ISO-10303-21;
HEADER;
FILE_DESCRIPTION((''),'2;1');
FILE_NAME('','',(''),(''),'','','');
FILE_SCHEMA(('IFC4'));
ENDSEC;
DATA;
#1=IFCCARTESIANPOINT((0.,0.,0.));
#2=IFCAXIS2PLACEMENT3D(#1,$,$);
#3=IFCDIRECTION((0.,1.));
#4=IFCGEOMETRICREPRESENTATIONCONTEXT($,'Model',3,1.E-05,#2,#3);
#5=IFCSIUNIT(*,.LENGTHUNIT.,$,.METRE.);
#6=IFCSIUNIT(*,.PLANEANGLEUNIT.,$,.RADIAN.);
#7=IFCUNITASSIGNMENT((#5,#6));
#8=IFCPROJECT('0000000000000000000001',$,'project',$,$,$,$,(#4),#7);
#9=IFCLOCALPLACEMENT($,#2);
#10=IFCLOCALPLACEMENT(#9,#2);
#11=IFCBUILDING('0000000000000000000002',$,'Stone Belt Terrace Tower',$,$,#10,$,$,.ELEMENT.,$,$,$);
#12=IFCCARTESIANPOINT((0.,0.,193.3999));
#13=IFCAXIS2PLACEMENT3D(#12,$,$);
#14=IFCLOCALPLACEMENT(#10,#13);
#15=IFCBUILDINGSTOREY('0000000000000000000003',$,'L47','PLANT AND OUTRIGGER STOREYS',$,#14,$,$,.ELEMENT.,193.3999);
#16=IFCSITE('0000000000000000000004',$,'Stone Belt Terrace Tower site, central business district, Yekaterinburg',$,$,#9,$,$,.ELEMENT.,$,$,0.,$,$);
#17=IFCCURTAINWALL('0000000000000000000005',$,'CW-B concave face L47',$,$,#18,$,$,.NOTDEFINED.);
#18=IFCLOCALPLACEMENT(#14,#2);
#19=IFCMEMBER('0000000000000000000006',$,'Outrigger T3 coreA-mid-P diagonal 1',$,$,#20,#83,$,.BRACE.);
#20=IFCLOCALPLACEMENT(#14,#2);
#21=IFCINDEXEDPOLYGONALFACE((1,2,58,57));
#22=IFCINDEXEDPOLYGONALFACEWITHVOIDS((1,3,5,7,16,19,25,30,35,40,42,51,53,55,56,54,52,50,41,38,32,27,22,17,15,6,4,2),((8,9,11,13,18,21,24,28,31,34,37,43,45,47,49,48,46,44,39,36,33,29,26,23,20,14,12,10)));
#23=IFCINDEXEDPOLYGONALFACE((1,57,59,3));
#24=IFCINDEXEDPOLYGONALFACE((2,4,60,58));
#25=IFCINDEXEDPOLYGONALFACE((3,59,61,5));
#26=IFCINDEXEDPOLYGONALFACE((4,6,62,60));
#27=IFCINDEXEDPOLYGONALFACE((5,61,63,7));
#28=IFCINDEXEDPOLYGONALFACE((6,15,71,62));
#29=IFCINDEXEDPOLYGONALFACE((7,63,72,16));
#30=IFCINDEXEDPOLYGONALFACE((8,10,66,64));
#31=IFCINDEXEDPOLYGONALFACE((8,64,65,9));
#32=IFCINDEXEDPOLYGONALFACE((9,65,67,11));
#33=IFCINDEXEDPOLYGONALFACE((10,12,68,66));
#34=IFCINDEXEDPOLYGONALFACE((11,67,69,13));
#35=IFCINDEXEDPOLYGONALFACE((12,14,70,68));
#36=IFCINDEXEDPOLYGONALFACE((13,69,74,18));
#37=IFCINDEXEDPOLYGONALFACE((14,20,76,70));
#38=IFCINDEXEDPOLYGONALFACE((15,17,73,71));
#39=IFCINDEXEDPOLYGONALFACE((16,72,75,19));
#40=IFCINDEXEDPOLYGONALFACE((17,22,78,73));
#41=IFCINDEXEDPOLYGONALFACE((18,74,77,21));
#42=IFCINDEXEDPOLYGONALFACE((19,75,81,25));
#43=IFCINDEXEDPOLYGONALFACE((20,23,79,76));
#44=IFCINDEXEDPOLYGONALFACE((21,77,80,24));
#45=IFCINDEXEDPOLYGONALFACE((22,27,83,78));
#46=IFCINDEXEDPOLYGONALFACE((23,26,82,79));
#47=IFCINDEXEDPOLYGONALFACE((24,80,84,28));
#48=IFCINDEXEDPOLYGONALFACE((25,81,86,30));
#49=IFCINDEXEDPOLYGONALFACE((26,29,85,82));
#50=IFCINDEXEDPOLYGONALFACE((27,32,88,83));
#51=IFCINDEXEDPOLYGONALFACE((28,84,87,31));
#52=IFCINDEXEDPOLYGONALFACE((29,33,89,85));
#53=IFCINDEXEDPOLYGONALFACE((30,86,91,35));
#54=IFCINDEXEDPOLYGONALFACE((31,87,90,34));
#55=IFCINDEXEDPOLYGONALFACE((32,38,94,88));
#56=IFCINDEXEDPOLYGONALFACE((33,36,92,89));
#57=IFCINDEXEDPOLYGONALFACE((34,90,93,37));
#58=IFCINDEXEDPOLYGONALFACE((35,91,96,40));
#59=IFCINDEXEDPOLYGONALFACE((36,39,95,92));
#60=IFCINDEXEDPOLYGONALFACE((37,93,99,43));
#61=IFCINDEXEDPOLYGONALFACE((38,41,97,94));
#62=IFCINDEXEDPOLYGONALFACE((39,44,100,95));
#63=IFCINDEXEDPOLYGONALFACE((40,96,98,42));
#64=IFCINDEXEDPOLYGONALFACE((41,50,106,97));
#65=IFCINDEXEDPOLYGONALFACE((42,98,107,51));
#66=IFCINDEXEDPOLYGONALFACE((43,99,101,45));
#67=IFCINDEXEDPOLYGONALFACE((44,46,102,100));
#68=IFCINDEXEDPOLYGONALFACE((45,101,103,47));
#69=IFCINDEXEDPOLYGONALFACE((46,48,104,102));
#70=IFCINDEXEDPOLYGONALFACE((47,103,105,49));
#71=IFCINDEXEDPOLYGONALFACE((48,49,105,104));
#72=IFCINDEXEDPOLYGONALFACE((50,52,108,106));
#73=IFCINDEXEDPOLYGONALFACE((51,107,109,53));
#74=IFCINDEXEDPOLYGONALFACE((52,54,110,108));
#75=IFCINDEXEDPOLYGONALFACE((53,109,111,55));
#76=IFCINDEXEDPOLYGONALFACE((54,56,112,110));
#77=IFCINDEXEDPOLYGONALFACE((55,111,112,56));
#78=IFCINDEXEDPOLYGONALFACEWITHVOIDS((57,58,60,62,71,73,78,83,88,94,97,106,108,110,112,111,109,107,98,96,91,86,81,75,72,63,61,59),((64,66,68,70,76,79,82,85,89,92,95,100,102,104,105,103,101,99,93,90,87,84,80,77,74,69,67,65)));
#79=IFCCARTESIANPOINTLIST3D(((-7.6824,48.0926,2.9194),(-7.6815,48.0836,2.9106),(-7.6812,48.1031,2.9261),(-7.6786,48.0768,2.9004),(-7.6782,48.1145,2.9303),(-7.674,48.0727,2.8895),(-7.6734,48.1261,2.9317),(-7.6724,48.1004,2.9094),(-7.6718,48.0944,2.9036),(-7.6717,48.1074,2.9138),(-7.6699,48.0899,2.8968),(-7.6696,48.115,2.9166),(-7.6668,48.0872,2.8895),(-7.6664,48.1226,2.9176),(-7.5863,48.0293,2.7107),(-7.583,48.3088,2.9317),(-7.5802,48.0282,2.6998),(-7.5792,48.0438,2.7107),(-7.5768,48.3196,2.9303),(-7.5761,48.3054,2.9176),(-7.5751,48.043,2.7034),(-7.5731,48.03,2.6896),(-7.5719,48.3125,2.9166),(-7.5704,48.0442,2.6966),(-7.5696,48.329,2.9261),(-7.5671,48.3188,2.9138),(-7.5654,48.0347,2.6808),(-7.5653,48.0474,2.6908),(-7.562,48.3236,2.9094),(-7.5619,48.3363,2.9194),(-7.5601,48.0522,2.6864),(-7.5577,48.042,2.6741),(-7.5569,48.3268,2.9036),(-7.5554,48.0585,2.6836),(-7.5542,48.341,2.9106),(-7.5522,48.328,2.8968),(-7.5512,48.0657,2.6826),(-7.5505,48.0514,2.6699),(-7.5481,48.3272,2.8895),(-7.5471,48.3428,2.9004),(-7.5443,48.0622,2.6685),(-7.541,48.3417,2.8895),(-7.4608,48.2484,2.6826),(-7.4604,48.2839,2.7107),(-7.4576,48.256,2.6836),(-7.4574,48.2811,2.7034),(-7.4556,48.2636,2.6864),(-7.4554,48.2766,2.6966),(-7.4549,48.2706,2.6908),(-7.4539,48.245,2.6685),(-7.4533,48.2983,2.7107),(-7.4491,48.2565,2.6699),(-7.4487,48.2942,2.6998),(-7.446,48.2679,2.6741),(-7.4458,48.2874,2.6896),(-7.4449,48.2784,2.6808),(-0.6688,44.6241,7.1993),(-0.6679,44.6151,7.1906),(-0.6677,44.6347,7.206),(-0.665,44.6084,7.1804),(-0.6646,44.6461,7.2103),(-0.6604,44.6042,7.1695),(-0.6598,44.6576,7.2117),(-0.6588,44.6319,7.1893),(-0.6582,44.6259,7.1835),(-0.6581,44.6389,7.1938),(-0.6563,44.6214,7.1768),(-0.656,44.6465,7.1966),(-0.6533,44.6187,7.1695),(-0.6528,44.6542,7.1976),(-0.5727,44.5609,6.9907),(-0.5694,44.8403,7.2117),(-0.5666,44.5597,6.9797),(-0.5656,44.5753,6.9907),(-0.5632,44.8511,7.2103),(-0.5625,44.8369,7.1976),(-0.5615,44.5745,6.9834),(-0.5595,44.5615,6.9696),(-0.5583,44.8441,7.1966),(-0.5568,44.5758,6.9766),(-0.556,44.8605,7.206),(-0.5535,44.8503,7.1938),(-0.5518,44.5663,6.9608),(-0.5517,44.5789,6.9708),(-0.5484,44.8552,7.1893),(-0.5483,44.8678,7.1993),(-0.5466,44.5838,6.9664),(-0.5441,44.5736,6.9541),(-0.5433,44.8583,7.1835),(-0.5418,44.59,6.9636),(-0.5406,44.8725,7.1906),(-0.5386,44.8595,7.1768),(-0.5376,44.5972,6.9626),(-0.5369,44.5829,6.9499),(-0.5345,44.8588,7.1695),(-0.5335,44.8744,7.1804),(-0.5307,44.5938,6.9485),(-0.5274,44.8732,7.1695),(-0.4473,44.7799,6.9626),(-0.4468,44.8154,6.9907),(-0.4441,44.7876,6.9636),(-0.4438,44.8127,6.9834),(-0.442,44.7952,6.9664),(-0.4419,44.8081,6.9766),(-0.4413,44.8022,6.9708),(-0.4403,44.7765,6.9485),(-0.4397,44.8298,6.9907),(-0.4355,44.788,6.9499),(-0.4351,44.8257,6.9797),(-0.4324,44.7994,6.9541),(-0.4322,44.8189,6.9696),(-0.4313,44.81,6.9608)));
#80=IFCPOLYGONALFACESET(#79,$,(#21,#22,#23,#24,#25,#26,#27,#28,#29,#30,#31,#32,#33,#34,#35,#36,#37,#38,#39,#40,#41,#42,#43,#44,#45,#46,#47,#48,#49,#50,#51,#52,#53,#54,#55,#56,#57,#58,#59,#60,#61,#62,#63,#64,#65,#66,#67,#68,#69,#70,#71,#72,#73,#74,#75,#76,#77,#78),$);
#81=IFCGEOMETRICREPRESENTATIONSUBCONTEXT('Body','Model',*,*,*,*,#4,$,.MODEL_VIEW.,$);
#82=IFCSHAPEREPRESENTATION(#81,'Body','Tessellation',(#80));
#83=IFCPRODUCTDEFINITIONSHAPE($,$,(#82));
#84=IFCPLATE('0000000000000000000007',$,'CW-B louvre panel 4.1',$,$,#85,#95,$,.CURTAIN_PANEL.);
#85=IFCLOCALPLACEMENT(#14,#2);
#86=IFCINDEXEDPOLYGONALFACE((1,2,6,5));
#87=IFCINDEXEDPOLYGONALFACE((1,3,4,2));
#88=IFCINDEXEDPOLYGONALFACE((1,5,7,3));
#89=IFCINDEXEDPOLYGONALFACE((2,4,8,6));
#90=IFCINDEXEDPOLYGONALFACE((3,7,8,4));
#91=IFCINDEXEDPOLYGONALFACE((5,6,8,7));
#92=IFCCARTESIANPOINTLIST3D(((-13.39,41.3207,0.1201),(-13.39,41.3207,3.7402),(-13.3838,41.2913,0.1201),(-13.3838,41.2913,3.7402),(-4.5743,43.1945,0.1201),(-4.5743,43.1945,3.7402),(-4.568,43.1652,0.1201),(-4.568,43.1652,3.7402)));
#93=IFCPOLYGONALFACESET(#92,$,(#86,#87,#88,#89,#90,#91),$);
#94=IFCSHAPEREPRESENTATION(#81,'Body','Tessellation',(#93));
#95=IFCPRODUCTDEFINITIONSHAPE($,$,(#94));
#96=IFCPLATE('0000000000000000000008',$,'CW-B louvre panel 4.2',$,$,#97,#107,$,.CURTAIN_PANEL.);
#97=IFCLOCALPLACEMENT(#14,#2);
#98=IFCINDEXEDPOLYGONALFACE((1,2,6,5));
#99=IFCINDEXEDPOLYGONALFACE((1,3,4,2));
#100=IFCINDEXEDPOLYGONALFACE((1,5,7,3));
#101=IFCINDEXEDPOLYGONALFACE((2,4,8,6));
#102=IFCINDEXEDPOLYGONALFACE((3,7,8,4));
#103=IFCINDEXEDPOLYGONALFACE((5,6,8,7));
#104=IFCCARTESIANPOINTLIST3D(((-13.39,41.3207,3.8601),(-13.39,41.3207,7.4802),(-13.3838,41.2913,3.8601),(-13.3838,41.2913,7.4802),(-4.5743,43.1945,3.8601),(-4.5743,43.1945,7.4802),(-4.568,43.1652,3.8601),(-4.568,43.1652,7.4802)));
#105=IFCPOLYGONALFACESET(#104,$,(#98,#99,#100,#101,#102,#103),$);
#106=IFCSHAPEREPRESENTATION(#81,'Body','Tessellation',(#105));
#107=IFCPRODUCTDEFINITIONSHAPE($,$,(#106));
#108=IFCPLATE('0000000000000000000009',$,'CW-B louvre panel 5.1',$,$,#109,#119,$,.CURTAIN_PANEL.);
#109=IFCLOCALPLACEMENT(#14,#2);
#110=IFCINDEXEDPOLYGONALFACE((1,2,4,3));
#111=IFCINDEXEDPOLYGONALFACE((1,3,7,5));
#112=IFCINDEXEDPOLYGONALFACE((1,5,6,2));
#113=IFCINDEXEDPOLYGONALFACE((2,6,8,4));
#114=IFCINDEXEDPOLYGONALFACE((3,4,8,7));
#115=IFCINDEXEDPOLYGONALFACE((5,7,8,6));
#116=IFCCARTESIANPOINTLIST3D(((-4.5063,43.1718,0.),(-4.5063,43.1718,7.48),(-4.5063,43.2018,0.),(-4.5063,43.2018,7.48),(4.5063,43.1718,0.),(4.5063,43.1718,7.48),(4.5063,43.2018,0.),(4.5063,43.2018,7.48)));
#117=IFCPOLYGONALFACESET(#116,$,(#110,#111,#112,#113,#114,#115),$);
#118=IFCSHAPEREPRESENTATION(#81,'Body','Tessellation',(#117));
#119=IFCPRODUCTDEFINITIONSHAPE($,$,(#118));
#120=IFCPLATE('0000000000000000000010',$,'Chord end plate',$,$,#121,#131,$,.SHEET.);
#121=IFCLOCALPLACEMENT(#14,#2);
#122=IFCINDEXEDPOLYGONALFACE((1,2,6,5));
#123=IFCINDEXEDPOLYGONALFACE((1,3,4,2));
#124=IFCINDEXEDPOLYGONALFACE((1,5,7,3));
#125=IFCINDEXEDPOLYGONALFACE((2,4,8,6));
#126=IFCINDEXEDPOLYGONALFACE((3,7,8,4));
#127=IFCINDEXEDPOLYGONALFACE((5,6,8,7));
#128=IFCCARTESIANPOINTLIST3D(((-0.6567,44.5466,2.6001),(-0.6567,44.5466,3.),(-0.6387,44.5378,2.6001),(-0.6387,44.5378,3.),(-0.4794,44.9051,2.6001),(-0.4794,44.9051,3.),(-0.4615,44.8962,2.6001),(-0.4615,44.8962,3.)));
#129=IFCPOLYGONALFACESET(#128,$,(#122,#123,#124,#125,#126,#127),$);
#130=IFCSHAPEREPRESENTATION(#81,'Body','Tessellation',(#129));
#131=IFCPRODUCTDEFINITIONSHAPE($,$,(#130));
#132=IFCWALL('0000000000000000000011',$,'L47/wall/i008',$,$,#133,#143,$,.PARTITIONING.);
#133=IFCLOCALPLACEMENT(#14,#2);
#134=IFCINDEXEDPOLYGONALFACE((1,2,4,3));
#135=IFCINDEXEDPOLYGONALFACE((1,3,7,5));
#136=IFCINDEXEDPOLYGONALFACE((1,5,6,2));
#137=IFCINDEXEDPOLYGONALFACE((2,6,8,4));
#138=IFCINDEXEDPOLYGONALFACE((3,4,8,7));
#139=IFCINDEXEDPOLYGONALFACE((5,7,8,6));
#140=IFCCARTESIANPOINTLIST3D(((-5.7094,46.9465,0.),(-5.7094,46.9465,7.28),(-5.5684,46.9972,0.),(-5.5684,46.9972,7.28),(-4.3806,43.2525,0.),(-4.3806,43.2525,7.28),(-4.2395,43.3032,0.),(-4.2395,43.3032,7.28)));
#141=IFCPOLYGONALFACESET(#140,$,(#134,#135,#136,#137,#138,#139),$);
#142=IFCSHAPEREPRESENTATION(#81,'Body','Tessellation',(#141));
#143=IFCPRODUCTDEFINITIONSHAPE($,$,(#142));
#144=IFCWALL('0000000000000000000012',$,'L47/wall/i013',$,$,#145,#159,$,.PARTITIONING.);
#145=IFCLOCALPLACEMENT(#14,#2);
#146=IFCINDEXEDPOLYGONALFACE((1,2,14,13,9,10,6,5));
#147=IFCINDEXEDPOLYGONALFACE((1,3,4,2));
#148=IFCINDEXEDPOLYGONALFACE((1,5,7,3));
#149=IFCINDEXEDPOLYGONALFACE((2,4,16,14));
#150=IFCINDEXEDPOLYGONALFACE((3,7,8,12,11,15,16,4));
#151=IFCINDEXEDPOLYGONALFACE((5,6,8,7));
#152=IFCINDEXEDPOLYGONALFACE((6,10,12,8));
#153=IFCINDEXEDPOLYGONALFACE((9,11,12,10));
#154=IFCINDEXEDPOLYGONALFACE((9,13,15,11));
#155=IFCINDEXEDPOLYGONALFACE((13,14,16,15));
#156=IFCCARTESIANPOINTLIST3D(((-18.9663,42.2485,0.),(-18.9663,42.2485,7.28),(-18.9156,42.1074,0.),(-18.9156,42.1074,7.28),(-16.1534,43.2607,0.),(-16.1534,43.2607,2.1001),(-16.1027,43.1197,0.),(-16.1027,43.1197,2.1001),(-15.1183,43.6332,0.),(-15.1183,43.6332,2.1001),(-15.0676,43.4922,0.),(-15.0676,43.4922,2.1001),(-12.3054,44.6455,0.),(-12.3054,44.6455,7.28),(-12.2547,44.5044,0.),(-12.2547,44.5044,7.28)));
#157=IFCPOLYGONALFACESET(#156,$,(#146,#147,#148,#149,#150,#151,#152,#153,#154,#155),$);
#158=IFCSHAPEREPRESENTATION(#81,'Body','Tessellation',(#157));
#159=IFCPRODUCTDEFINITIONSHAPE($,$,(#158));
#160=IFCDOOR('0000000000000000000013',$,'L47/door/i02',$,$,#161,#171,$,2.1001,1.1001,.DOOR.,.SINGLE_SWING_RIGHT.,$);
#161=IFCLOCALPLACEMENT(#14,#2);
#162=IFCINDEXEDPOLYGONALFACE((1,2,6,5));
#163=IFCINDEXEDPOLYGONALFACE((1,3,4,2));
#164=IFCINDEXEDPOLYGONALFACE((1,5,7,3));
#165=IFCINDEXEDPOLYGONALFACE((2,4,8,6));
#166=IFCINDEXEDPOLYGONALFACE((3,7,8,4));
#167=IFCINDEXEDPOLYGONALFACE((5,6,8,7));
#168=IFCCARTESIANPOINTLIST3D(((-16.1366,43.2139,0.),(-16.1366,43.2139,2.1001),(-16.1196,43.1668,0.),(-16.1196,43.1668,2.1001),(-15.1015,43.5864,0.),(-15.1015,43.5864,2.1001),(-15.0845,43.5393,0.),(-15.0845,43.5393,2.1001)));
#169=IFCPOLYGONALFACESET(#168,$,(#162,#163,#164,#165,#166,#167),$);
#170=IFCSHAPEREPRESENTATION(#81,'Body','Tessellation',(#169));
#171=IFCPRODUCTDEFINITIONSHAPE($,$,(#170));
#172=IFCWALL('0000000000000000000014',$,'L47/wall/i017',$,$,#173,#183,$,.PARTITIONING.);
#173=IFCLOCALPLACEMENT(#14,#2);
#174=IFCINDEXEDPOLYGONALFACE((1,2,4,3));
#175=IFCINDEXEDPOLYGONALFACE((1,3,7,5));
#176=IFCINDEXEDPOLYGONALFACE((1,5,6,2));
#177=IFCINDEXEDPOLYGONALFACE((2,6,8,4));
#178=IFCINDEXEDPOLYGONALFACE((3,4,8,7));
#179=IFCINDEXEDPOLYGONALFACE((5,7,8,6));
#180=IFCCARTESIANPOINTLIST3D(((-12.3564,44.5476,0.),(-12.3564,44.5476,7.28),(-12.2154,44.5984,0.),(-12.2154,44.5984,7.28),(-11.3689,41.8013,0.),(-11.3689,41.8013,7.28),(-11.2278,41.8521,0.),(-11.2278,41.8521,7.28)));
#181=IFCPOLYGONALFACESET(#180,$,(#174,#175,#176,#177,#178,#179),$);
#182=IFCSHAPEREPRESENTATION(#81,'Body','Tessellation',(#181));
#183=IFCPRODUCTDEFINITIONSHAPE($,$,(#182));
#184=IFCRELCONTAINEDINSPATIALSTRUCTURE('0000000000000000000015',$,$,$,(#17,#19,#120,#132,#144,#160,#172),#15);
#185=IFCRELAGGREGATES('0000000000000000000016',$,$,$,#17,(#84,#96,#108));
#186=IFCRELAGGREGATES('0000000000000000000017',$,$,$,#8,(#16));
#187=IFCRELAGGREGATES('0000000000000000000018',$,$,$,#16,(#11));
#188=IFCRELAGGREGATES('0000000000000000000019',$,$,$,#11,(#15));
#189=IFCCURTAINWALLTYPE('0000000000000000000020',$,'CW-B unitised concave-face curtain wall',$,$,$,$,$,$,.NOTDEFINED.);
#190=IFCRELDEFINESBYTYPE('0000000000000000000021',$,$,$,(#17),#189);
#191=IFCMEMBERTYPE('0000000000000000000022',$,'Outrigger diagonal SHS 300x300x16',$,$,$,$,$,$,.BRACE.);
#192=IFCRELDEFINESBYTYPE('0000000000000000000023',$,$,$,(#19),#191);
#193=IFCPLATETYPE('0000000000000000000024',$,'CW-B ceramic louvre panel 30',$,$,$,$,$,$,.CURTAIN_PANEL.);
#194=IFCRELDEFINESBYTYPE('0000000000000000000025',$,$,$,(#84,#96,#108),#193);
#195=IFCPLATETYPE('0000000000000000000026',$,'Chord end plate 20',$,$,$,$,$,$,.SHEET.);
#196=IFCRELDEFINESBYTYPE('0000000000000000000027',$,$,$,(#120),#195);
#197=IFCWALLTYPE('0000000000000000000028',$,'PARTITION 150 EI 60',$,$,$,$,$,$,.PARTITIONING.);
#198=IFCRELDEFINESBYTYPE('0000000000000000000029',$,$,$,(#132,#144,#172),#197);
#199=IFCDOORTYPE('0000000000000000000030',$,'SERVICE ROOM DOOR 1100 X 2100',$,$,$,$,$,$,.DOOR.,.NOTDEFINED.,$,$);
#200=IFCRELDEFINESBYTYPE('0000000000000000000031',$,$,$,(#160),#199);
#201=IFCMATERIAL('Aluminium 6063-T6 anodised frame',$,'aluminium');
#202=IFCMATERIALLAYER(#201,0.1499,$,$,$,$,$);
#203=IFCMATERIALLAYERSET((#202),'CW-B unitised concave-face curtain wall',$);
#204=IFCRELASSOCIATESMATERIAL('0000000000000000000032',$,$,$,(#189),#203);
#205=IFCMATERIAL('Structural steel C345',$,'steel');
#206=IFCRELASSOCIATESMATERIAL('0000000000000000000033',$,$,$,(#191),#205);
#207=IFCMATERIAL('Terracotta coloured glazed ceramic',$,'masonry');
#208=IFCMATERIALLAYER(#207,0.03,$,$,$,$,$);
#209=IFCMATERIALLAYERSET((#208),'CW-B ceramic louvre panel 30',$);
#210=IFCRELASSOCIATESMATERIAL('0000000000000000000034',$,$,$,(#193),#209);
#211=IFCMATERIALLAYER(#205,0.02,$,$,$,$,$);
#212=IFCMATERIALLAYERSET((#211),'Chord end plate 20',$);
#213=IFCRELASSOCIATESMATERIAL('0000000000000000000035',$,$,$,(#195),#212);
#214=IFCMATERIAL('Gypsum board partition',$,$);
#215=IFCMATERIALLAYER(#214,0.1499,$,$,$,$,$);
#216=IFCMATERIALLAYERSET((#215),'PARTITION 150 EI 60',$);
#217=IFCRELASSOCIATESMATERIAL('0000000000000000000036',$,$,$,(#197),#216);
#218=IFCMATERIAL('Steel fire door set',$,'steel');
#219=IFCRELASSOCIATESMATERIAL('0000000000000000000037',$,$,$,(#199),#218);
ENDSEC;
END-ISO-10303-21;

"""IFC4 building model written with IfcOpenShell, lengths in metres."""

from ifc_helpers import new_model, si_unit, direction, frame, frame_2d, origin, origin_2d, place, context, subcontext, project, spatial, rectangle, hollow_rectangle, extrude, material, layer, layer_set, material_profile, profile_set, type_object, element, fill, aggregate, save


model = new_model("IFC4")

# Units and contexts
model_context = context("Model", 3, precision=1e-05, world=origin(), true_north=direction((0.0, 1.0)))
body_context = subcontext(model_context, "Body", "Model", "MODEL_VIEW")
ifc_project = project(units=[si_unit("LENGTHUNIT", "METRE"), si_unit("PLANEANGLEUNIT", "RADIAN")], contexts=[model_context])

# Site, building, storey
site_placement = place(None, origin())
site = spatial("IfcSite", under=ifc_project, at=site_placement, Name="Stone Belt Terrace Tower site, central business district, Yekaterinburg", CompositionType="ELEMENT", RefElevation=0.0)
building_placement = place(site_placement, origin())
building = spatial("IfcBuilding", under=site, at=building_placement, Name="Stone Belt Terrace Tower", CompositionType="ELEMENT")
storey_placement = place(building_placement, frame((0.0, 0.0, 193.3999)))
storey = spatial("IfcBuildingStorey", under=building, at=storey_placement, Name="L47", Description="PLANT AND OUTRIGGER STOREYS", CompositionType="ELEMENT", Elevation=193.3999)

# Shared definitions
ifc_material_1 = material(Name="Structural steel C345", Category="steel")

# Curtain wall
ifc_material_2 = material(Name="Aluminium 6063-T6 anodised frame", Category="aluminium")
ifc_layer_1 = layer(ifc_material_2, 0.1499)
ifc_layer_set_1 = layer_set([ifc_layer_1], Name="CW-B unitised concave-face curtain wall")
curtain_wall_type = type_object("IfcCurtainWallType", Name="CW-B unitised concave-face curtain wall", PredefinedType="NOTDEFINED", material=ifc_layer_set_1)
curtain_wall_placement = place(storey_placement, origin())
curtain_wall = element("IfcCurtainWall", 1, at=curtain_wall_placement, inside=storey, type_object=curtain_wall_type, Name="CW-B concave face L47", PredefinedType="NOTDEFINED")

# Member
ifc_material_profile_1 = material_profile(ifc_material_1, hollow_rectangle(XDim=0.3, YDim=0.3, WallThickness=0.0161, InnerFilletRadius=0.032, OuterFilletRadius=0.0481, at=origin_2d()), Name="SHS 300x300x16")
ifc_profile_set_1 = profile_set([ifc_material_profile_1], Name="Structural steel C345")
member_type_1 = type_object("IfcMemberType", Name="Outrigger diagonal SHS 300x300x16", PredefinedType="BRACE", material=ifc_profile_set_1)
member_1_placement = place(storey_placement, frame((-0.55, 44.717, 7.0801), z_axis=(-0.786413, 0.388909, -0.479901), x_axis=(-0.44329, -0.896378, 0.0)))
element("IfcMember", 2, at=member_1_placement, inside=storey, type_object=member_type_1, Name="Outrigger T3 coreA-mid-P diagonal 1", PredefinedType="BRACE", context=body_context, shape_type="SweptSolid", body=[
    extrude(hollow_rectangle(XDim=0.3, YDim=0.3, WallThickness=0.0161, InnerFilletRadius=0.032, OuterFilletRadius=0.0481, at=origin_2d()), origin(), (0.0, 0.0, 1.0), 8.9185),
])

# Plates
ifc_material_3 = material(Name="Terracotta coloured glazed ceramic", Category="masonry")
ifc_layer_2 = layer(ifc_material_3, 0.03)
ifc_layer_set_2 = layer_set([ifc_layer_2], Name="CW-B ceramic louvre panel 30")
plate_type_1 = type_object("IfcPlateType", Name="CW-B ceramic louvre panel 30", PredefinedType="CURTAIN_PANEL", material=ifc_layer_set_2)
plate_1_placement = place(storey_placement, frame((-8.979, 42.2429, 0.1201), z_axis=(0.0, 0.0, 1.0), x_axis=(0.978148, 0.207912, 0.0)))
plate_1 = element("IfcPlate", 3, at=plate_1_placement, type_object=plate_type_1, Name="CW-B louvre panel 4.1", PredefinedType="CURTAIN_PANEL", context=body_context, shape_type="SweptSolid", body=[
    extrude(rectangle(XDim=9.0127, YDim=0.03, at=origin_2d()), origin(), (0.0, 0.0, 1.0), 3.6201),
])
plate_2_placement = place(storey_placement, frame((-8.979, 42.2429, 3.8601), z_axis=(0.0, 0.0, 1.0), x_axis=(0.978148, 0.207912, 0.0)))
plate_2 = element("IfcPlate", 4, at=plate_2_placement, type_object=plate_type_1, Name="CW-B louvre panel 4.2", PredefinedType="CURTAIN_PANEL", context=body_context, shape_type="SweptSolid", body=[
    extrude(rectangle(XDim=9.0127, YDim=0.03, at=origin_2d()), origin(), (0.0, 0.0, 1.0), 3.6201),
])
plate_3_placement = place(storey_placement, frame((0.0, 43.1868, 0.0), z_axis=(0.0, 0.0, 1.0), x_axis=(1.0, 0.0, 0.0)))
plate_3 = element("IfcPlate", 5, at=plate_3_placement, type_object=plate_type_1, Name="CW-B louvre panel 5.1", PredefinedType="CURTAIN_PANEL", context=body_context, shape_type="SweptSolid", body=[
    extrude(rectangle(XDim=9.0127, YDim=0.03, at=origin_2d()), origin(), (0.0, 0.0, 1.0), 7.48),
])
aggregate(curtain_wall, [plate_1, plate_2, plate_3])
ifc_layer_3 = layer(ifc_material_1, 0.02)
ifc_layer_set_3 = layer_set([ifc_layer_3], Name="Chord end plate 20")
plate_type_2 = type_object("IfcPlateType", Name="Chord end plate 20", PredefinedType="SHEET", material=ifc_layer_set_3)
plate_4_placement = place(storey_placement, frame((-0.5591, 44.7214, 2.6001), z_axis=(0.0, 0.0, 1.0), x_axis=(0.896377, -0.443292, 0.0)))
element("IfcPlate", 6, at=plate_4_placement, inside=storey, type_object=plate_type_2, Name="Chord end plate", PredefinedType="SHEET", context=body_context, shape_type="SweptSolid", body=[
    extrude(rectangle(XDim=0.02, YDim=0.3999, at=origin_2d()), origin(), (0.0, 0.0, 1.0), 0.3999),
])

# Wall
ifc_material_4 = material(Name="Gypsum board partition")
ifc_layer_4 = layer(ifc_material_4, 0.1499)
ifc_layer_set_4 = layer_set([ifc_layer_4], Name="PARTITION 150 EI 60")
wall_type = type_object("IfcWallType", Name="PARTITION 150 EI 60", PredefinedType="PARTITIONING", material=ifc_layer_set_4)
wall_1_placement = place(storey_placement, frame((-4.3101, 43.2778, 0.0), z_axis=(0.0, 0.0, 1.0), x_axis=(-0.33849, 0.94097, 0.0)))
element("IfcWall", 7, at=wall_1_placement, inside=storey, type_object=wall_type, Name="L47/wall/i008", PredefinedType="PARTITIONING", context=body_context, shape_type="SweptSolid", body=[
    extrude(rectangle(XDim=3.9258, YDim=0.1499, at=frame_2d((1.9629, 0.0))), origin(), (0.0, 0.0, 1.0), 7.28),
])

# Wall, opening, door
wall_2_placement = place(storey_placement, frame((-12.28, 44.575, 0.0), z_axis=(0.0, 0.0, 1.0), x_axis=(-0.94093, -0.338601, 0.0)))
wall_2 = element("IfcWall", 8, at=wall_2_placement, inside=storey, type_object=wall_type, Name="L47/wall/i013", PredefinedType="PARTITIONING", context=body_context, shape_type="SweptSolid", body=[
    extrude(rectangle(XDim=7.0791, YDim=0.1499, at=frame_2d((3.5396, 0.0))), origin(), (0.0, 0.0, 1.0), 7.28),
])
opening_placement = place(wall_2_placement, frame((2.9895, 0.0, 0.0)))
opening = element("IfcOpeningElement", 9, at=opening_placement, cuts=wall_2, PredefinedType="OPENING", context=body_context, shape_type="SweptSolid", body=[
    extrude(rectangle(XDim=1.1001, YDim=2.1001, at=frame_2d((0.55, 1.05))), frame((0.0, 0.085, 0.0), z_axis=(0.0, -1.0, 0.0), x_axis=(1.0, 0.0, 0.0)), (0.0, 0.0, 1.0), 0.1699),
])
ifc_material_5 = material(Name="Steel fire door set", Category="steel")
door_type = type_object("IfcDoorType", Name="SERVICE ROOM DOOR 1100 X 2100", OperationType="NOTDEFINED", PredefinedType="DOOR", material=ifc_material_5)
door_placement = place(opening_placement, origin())
door = element("IfcDoor", 10, at=door_placement, inside=storey, type_object=door_type, Name="L47/door/i02", OperationType="SINGLE_SWING_RIGHT", OverallHeight=2.1001, OverallWidth=1.1001, PredefinedType="DOOR", context=body_context, shape_type="SweptSolid", body=[
    extrude(rectangle(XDim=1.1001, YDim=2.1001, at=frame_2d((0.55, 1.05))), frame((0.0, 0.0249, 0.0), z_axis=(0.0, -1.0, 0.0), x_axis=(1.0, 0.0, 0.0)), (0.0, 0.0, 1.0), 0.05),
])
fill(opening, door)

# Wall
wall_3_placement = place(storey_placement, frame((-12.2859, 44.573, 0.0), z_axis=(0.0, 0.0, 1.0), x_axis=(0.338376, -0.941011, 0.0)))
element("IfcWall", 11, at=wall_3_placement, inside=storey, type_object=wall_type, Name="L47/wall/i017", PredefinedType="PARTITIONING", context=body_context, shape_type="SweptSolid", body=[
    extrude(rectangle(XDim=2.9185, YDim=0.1499, at=frame_2d((1.4592, 0.0))), origin(), (0.0, 0.0, 1.0), 7.28),
])

save(model, "model.ifc")
